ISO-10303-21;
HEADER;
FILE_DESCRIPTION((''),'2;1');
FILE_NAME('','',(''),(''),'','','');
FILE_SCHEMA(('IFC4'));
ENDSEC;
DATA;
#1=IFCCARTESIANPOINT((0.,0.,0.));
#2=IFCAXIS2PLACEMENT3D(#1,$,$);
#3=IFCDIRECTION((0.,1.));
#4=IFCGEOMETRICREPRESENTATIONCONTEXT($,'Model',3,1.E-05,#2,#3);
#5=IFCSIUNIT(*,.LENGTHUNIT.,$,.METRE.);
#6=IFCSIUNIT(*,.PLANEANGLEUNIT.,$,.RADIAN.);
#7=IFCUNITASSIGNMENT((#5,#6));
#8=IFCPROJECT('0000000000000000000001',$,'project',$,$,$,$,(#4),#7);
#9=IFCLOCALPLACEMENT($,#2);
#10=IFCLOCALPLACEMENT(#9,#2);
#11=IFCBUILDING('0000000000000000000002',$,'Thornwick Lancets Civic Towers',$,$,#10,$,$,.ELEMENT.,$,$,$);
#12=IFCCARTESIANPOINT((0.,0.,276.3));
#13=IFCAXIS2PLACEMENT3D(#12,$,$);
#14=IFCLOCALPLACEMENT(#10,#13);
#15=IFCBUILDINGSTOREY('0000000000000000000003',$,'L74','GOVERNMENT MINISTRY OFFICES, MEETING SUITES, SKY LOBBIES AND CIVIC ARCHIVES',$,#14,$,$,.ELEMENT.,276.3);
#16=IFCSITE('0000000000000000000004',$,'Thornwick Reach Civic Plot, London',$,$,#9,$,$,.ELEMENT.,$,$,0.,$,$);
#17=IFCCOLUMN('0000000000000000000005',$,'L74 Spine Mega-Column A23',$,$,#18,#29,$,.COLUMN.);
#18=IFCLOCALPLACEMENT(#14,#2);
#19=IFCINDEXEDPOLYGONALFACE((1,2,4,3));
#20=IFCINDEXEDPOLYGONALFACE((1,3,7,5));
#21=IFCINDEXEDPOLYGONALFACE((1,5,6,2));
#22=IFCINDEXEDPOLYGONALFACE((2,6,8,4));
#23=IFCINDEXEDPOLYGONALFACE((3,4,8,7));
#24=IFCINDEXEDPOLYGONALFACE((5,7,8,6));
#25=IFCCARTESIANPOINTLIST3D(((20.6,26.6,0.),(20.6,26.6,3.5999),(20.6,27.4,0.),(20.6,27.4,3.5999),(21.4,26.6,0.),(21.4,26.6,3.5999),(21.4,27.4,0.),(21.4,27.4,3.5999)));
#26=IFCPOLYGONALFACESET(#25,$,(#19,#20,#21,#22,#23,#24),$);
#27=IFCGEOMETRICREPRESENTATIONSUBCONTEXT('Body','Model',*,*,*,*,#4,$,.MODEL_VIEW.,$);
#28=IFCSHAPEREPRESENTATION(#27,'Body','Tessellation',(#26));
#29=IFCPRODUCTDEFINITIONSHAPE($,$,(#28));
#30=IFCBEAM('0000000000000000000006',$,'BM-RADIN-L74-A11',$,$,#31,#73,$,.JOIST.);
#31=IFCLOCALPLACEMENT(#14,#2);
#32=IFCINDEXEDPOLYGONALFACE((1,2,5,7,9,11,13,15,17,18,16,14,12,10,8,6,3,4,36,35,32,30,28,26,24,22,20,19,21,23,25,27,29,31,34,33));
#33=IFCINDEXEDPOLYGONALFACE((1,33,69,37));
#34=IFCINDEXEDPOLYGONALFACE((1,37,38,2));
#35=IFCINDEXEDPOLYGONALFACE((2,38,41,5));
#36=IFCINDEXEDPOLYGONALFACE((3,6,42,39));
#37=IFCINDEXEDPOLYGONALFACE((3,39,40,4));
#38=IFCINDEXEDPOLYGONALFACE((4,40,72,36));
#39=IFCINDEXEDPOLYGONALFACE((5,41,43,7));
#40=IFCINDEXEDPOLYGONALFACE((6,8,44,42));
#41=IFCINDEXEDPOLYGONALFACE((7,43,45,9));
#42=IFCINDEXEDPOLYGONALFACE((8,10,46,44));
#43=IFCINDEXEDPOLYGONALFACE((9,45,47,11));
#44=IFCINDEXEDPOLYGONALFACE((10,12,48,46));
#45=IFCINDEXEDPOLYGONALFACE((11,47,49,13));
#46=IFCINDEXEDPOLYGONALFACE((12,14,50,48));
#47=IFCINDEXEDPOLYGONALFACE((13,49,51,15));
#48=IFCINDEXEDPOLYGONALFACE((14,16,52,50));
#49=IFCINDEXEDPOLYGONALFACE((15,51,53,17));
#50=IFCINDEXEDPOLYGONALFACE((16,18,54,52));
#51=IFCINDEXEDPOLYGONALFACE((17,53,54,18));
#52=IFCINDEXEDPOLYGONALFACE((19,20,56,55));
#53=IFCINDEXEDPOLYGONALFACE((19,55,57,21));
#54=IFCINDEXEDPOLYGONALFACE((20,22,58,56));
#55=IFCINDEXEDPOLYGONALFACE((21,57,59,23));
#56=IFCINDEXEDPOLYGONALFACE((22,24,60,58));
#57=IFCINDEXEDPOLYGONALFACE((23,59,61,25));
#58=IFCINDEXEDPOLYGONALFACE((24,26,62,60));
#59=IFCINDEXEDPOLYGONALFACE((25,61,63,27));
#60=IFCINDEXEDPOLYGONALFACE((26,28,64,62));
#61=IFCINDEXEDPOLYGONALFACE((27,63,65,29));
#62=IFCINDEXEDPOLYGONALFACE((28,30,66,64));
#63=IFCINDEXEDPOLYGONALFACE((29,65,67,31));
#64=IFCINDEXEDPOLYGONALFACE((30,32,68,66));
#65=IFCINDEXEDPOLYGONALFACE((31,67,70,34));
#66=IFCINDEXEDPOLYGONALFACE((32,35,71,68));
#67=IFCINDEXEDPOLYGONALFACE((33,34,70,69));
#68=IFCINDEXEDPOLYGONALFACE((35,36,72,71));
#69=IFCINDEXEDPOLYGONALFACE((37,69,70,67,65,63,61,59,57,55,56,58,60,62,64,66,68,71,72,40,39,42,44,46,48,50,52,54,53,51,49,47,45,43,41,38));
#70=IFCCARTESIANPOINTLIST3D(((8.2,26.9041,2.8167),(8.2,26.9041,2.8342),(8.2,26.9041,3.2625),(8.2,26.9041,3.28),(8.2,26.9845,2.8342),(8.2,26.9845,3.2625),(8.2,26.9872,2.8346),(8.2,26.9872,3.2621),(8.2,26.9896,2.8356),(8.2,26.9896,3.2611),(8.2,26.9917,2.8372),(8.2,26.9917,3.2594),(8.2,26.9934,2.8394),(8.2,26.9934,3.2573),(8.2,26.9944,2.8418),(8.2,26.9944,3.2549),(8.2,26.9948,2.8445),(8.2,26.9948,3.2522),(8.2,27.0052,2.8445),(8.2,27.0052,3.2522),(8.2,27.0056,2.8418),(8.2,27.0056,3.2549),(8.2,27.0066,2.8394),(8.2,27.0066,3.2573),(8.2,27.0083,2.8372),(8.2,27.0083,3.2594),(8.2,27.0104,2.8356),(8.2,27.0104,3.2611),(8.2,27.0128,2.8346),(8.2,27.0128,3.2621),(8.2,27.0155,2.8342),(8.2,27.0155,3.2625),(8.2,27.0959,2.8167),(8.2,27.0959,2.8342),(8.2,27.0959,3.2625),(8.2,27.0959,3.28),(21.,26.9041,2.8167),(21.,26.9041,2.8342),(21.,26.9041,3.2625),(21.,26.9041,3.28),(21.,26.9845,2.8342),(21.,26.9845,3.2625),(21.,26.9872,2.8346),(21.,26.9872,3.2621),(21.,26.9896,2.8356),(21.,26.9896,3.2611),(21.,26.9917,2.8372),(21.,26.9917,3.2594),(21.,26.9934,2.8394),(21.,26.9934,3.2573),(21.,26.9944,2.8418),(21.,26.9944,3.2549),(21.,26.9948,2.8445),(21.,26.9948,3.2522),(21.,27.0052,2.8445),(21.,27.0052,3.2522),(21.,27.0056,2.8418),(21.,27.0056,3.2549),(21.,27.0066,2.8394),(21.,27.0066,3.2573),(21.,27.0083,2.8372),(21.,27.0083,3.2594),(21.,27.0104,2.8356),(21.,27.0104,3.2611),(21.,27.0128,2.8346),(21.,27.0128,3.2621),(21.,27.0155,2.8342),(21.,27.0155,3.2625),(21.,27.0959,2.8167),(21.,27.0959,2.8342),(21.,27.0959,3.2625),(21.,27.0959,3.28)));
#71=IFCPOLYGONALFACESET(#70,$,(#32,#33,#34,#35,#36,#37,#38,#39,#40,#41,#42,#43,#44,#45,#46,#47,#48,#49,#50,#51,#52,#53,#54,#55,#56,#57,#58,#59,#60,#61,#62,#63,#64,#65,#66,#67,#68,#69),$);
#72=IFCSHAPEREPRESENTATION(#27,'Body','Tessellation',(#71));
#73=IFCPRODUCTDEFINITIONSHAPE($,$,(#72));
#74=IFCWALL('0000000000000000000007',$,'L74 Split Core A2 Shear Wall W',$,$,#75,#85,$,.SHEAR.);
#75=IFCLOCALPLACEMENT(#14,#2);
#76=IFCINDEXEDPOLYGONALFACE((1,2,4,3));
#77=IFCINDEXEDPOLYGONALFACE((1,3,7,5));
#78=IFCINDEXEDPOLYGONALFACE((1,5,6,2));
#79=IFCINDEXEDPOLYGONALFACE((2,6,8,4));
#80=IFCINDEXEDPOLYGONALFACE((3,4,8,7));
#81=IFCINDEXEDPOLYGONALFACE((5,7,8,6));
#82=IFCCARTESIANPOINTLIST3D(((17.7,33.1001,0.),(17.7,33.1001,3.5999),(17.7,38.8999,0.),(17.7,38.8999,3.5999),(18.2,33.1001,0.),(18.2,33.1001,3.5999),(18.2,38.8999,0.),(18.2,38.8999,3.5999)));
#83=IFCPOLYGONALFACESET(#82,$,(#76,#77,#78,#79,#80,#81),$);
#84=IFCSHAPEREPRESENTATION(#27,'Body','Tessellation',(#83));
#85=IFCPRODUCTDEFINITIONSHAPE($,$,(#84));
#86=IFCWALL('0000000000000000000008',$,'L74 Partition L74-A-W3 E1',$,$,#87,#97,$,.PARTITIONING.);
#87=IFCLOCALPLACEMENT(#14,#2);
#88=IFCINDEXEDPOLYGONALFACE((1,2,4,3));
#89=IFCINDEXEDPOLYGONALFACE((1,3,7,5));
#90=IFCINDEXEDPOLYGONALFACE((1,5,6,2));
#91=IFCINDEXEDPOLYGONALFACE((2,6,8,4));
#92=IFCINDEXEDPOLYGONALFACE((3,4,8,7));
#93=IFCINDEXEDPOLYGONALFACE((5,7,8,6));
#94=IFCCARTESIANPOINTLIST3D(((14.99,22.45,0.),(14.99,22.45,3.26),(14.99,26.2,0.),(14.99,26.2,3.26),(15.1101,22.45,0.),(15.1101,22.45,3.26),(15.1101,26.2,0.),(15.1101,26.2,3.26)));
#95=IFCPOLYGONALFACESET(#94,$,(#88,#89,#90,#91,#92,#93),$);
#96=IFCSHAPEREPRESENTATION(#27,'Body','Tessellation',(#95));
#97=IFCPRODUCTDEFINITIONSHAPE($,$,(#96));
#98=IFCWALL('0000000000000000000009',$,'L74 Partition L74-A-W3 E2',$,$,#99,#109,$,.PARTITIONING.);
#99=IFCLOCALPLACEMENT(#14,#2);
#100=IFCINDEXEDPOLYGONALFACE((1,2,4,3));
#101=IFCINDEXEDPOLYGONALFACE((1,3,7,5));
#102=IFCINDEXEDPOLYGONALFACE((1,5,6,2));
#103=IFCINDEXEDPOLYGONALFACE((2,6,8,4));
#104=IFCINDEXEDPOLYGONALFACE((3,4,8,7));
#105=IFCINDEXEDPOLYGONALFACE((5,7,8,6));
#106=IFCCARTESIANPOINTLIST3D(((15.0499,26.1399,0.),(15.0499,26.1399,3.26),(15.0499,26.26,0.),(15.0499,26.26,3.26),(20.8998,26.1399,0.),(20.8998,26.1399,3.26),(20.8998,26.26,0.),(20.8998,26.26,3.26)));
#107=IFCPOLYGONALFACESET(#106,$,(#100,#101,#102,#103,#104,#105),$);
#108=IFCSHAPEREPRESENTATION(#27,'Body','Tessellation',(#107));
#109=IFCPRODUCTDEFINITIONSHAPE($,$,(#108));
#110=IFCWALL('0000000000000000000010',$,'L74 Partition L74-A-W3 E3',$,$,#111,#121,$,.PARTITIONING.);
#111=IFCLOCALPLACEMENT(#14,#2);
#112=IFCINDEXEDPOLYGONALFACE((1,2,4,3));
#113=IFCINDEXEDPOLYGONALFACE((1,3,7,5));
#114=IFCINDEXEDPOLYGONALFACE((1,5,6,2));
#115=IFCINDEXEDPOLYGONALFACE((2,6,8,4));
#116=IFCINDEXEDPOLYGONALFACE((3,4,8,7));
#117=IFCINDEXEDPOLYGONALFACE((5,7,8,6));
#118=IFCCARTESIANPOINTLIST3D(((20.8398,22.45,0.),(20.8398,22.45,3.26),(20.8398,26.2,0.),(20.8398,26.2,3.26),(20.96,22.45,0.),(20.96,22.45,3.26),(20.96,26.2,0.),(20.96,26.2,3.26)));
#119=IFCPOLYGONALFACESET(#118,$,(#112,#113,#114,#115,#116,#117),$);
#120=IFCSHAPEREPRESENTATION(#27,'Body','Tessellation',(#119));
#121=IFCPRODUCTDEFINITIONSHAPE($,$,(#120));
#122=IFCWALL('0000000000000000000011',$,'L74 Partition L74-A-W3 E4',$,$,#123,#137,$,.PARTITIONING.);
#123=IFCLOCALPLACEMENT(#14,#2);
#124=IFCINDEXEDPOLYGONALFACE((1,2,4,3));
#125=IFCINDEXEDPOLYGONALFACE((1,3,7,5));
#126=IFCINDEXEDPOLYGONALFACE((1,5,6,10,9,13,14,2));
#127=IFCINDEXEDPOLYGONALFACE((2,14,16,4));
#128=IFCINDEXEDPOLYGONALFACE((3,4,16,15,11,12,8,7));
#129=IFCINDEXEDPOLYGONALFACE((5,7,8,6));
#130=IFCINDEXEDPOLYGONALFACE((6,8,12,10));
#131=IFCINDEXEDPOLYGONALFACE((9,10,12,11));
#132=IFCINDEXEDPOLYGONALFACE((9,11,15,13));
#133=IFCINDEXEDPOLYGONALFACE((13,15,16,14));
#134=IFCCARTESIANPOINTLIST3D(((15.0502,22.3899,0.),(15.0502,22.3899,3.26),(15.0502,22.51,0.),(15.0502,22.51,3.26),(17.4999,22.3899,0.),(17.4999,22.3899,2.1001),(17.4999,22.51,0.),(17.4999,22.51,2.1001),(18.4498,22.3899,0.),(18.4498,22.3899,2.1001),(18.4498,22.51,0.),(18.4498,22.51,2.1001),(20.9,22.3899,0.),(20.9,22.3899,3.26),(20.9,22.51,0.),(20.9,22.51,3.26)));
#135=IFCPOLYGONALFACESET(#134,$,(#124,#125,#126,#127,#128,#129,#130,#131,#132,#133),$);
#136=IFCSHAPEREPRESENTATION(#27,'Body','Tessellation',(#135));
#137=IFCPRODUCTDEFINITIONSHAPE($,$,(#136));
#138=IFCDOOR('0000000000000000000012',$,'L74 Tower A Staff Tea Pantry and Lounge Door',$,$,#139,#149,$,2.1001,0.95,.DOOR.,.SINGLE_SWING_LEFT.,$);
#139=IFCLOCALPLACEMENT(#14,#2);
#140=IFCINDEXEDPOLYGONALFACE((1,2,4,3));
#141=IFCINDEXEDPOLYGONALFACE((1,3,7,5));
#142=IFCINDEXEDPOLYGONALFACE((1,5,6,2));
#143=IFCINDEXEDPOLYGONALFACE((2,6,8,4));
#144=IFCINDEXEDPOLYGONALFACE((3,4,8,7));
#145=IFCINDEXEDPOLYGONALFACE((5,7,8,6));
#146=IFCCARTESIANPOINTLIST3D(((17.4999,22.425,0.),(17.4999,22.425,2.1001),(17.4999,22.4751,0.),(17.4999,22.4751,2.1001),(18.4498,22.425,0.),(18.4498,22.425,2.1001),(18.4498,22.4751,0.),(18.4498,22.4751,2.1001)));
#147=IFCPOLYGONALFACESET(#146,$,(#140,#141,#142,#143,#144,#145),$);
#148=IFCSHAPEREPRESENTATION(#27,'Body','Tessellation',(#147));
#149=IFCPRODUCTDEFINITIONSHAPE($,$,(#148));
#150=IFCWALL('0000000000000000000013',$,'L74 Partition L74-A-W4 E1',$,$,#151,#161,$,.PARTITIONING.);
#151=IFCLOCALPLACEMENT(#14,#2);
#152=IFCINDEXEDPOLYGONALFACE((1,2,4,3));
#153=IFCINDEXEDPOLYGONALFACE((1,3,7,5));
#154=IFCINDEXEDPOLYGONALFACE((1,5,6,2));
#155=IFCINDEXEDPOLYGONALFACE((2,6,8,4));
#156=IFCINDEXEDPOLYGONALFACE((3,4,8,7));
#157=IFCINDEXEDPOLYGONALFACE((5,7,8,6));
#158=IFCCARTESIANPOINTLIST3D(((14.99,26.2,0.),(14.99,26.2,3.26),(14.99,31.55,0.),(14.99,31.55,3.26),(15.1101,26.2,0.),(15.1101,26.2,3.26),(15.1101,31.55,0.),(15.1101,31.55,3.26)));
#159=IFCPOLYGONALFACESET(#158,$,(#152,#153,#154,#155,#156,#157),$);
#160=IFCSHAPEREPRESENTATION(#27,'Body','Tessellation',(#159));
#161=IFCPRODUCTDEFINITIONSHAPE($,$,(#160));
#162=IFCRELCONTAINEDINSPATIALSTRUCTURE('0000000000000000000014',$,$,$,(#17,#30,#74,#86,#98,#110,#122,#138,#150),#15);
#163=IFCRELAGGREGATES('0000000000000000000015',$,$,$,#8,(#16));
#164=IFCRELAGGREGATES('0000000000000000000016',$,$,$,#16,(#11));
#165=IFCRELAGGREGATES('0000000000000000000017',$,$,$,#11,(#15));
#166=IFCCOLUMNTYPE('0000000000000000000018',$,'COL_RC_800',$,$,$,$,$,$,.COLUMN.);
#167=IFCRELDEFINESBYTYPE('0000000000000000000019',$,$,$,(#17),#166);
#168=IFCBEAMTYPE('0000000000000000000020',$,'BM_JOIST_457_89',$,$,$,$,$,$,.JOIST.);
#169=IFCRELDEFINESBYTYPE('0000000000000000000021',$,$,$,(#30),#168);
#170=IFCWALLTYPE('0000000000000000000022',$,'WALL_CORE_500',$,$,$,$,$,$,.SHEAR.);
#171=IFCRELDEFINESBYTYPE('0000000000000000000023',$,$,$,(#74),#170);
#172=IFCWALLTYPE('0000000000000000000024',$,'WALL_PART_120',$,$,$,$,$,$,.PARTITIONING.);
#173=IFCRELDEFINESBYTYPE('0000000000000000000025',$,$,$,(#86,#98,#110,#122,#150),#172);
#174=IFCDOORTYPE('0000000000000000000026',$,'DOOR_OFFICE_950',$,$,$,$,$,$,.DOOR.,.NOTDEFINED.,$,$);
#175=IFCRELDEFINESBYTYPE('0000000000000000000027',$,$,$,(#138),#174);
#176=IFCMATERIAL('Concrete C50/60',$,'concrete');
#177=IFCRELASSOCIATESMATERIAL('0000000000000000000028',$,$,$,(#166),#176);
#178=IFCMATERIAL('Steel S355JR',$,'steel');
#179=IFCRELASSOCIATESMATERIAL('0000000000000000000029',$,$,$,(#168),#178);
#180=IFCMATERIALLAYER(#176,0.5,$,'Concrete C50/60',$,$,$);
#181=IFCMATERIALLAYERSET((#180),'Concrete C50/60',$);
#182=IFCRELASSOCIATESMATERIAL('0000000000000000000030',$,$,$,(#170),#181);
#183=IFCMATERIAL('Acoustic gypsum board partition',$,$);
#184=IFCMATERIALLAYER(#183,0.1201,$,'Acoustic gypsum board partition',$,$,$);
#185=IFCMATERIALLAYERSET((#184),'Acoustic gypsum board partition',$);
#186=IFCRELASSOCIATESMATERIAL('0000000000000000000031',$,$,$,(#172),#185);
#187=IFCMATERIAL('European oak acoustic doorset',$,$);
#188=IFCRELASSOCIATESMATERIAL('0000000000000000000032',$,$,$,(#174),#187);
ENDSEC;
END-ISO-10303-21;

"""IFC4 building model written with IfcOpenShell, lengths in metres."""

from ifc_helpers import new_model, si_unit, direction, frame, frame_2d, origin, origin_2d, place, context, subcontext, project, spatial, rectangle, i_section, extrude, material, layer, layer_set, material_profile, profile_set, type_object, element, fill, save


model = new_model("IFC4")

# Units and contexts
model_context = context("Model", 3, precision=1e-05, world=origin(), true_north=direction((0.0, 1.0)))
body_context = subcontext(model_context, "Body", "Model", "MODEL_VIEW")
ifc_project = project(units=[si_unit("LENGTHUNIT", "METRE"), si_unit("PLANEANGLEUNIT", "RADIAN")], contexts=[model_context])

# Site, building, storey
site_placement = place(None, origin())
site = spatial("IfcSite", under=ifc_project, at=site_placement, Name="Thornwick Reach Civic Plot, London", CompositionType="ELEMENT", RefElevation=0.0)
building_placement = place(site_placement, origin())
building = spatial("IfcBuilding", under=site, at=building_placement, Name="Thornwick Lancets Civic Towers", CompositionType="ELEMENT")
storey_placement = place(building_placement, frame((0.0, 0.0, 276.3)))
storey = spatial("IfcBuildingStorey", under=building, at=storey_placement, Name="L74", Description="GOVERNMENT MINISTRY OFFICES, MEETING SUITES, SKY LOBBIES AND CIVIC ARCHIVES", CompositionType="ELEMENT", Elevation=276.3)

# Column
ifc_material_1 = material(Name="Concrete C50/60", Category="concrete")
ifc_material_profile_1 = material_profile(ifc_material_1, rectangle(XDim=0.8, YDim=0.8, at=origin_2d()), Name="RC 800x800")
ifc_profile_set_1 = profile_set([ifc_material_profile_1], Name="Concrete C50/60")
column_type = type_object("IfcColumnType", Name="COL_RC_800", PredefinedType="COLUMN", material=ifc_profile_set_1)
column_placement = place(storey_placement, frame((21.0, 27.0, 0.0), z_axis=(0.0, 0.0, 1.0), x_axis=(1.0, 0.0, 0.0)))
element("IfcColumn", 1, at=column_placement, inside=storey, type_object=column_type, Name="L74 Spine Mega-Column A23", PredefinedType="COLUMN", context=body_context, shape_type="SweptSolid", body=[
    extrude(rectangle(XDim=0.8, YDim=0.8, at=origin_2d()), origin(), (0.0, 0.0, 1.0), 3.5999),
])

# Beam
ifc_material_2 = material(Name="Steel S355JR", Category="steel")
ifc_material_profile_2 = material_profile(ifc_material_2, i_section(OverallWidth=0.1919, OverallDepth=0.4634, WebThickness=0.0105, FlangeThickness=0.0176, FilletRadius=0.0103, at=origin_2d()), Name="UKB 457x191x89")
ifc_profile_set_2 = profile_set([ifc_material_profile_2], Name="Steel S355JR")
beam_type = type_object("IfcBeamType", Name="BM_JOIST_457_89", PredefinedType="JOIST", material=ifc_profile_set_2)
beam_placement = place(storey_placement, frame((21.0, 27.0, 3.0483), z_axis=(-1.0, 0.0, 0.0), x_axis=(0.0, -1.0, 0.0)))
element("IfcBeam", 2, at=beam_placement, inside=storey, type_object=beam_type, Name="BM-RADIN-L74-A11", PredefinedType="JOIST", context=body_context, shape_type="SweptSolid", body=[
    extrude(i_section(OverallWidth=0.1919, OverallDepth=0.4634, WebThickness=0.0105, FlangeThickness=0.0176, FilletRadius=0.0103, at=origin_2d()), origin(), (0.0, 0.0, 1.0), 12.8),
])

# Walls
ifc_layer_1 = layer(ifc_material_1, 0.5, Name="Concrete C50/60")
ifc_layer_set_1 = layer_set([ifc_layer_1], Name="Concrete C50/60")
wall_type_1 = type_object("IfcWallType", Name="WALL_CORE_500", PredefinedType="SHEAR", material=ifc_layer_set_1)
wall_1_placement = place(storey_placement, frame((17.95, 33.1001, 0.0), z_axis=(0.0, 0.0, 1.0), x_axis=(0.0, 1.0, 0.0)))
element("IfcWall", 3, at=wall_1_placement, inside=storey, type_object=wall_type_1, Name="L74 Split Core A2 Shear Wall W", PredefinedType="SHEAR", context=body_context, shape_type="SweptSolid", body=[
    extrude(rectangle(XDim=5.7998, YDim=0.5, at=frame_2d((2.8999, 0.0))), origin(), (0.0, 0.0, 1.0), 3.5999),
])
ifc_material_3 = material(Name="Acoustic gypsum board partition")
ifc_layer_2 = layer(ifc_material_3, 0.1201, Name="Acoustic gypsum board partition")
ifc_layer_set_2 = layer_set([ifc_layer_2], Name="Acoustic gypsum board partition")
wall_type_2 = type_object("IfcWallType", Name="WALL_PART_120", PredefinedType="PARTITIONING", material=ifc_layer_set_2)
wall_2_placement = place(storey_placement, frame((15.05, 22.45, 0.0), z_axis=(0.0, 0.0, 1.0), x_axis=(0.0, 1.0, 0.0)))
element("IfcWall", 4, at=wall_2_placement, inside=storey, type_object=wall_type_2, Name="L74 Partition L74-A-W3 E1", PredefinedType="PARTITIONING", context=body_context, shape_type="SweptSolid", body=[
    extrude(rectangle(XDim=3.75, YDim=0.1201, at=frame_2d((1.875, 0.0))), origin(), (0.0, 0.0, 1.0), 3.26),
])
wall_3_placement = place(storey_placement, frame((15.05, 26.2, 0.0), z_axis=(0.0, 0.0, 1.0), x_axis=(1.0, 0.0, 0.0)))
element("IfcWall", 5, at=wall_3_placement, inside=storey, type_object=wall_type_2, Name="L74 Partition L74-A-W3 E2", PredefinedType="PARTITIONING", context=body_context, shape_type="SweptSolid", body=[
    extrude(rectangle(XDim=5.8499, YDim=0.1201, at=frame_2d((2.9248, 0.0))), origin(), (0.0, 0.0, 1.0), 3.26),
])
wall_4_placement = place(storey_placement, frame((20.8999, 26.2, 0.0), z_axis=(0.0, 0.0, 1.0), x_axis=(0.0, -1.0, 0.0)))
element("IfcWall", 6, at=wall_4_placement, inside=storey, type_object=wall_type_2, Name="L74 Partition L74-A-W3 E3", PredefinedType="PARTITIONING", context=body_context, shape_type="SweptSolid", body=[
    extrude(rectangle(XDim=3.75, YDim=0.1201, at=frame_2d((1.875, 0.0))), origin(), (0.0, 0.0, 1.0), 3.26),
])

# Wall, opening, door
wall_5_placement = place(storey_placement, frame((20.8999, 22.45, 0.0), z_axis=(0.0, 0.0, 1.0), x_axis=(-1.0, 0.0, 0.0)))
wall_5 = element("IfcWall", 7, at=wall_5_placement, inside=storey, type_object=wall_type_2, Name="L74 Partition L74-A-W3 E4", PredefinedType="PARTITIONING", context=body_context, shape_type="SweptSolid", body=[
    extrude(rectangle(XDim=5.8499, YDim=0.1201, at=frame_2d((2.9248, 0.0))), origin(), (0.0, 0.0, 1.0), 3.26),
])
opening_1_placement = place(wall_5_placement, frame((2.45, 0.0, 0.0)))
opening_1 = element("IfcOpeningElement", 8, at=opening_1_placement, cuts=wall_5, PredefinedType="OPENING", context=body_context, shape_type="SweptSolid", body=[
    extrude(rectangle(XDim=0.95, YDim=2.1001, at=frame_2d((0.4751, 1.05))), frame((0.0, 0.0701, 0.0), z_axis=(0.0, -1.0, 0.0), x_axis=(1.0, 0.0, 0.0)), (0.0, 0.0, 1.0), 0.1401),
])
ifc_material_4 = material(Name="European oak acoustic doorset")
door_type_1 = type_object("IfcDoorType", Name="DOOR_OFFICE_950", OperationType="NOTDEFINED", PredefinedType="DOOR", material=ifc_material_4)
door_1_placement = place(opening_1_placement, origin())
door_1 = element("IfcDoor", 9, at=door_1_placement, inside=storey, type_object=door_type_1, Name="L74 Tower A Staff Tea Pantry and Lounge Door", OperationType="SINGLE_SWING_LEFT", OverallHeight=2.1001, OverallWidth=0.95, PredefinedType="DOOR", context=body_context, shape_type="SweptSolid", body=[
    extrude(rectangle(XDim=0.95, YDim=2.1001, at=frame_2d((0.4751, 1.05))), frame((0.0, 0.0249, 0.0), z_axis=(0.0, -1.0, 0.0), x_axis=(1.0, 0.0, 0.0)), (0.0, 0.0, 1.0), 0.05),
])
fill(opening_1, door_1)

# Wall
wall_6_placement = place(storey_placement, frame((15.05, 26.2, 0.0), z_axis=(0.0, 0.0, 1.0), x_axis=(0.0, 1.0, 0.0)))
element("IfcWall", 10, at=wall_6_placement, inside=storey, type_object=wall_type_2, Name="L74 Partition L74-A-W4 E1", PredefinedType="PARTITIONING", context=body_context, shape_type="SweptSolid", body=[
    extrude(rectangle(XDim=5.3501, YDim=0.1201, at=frame_2d((2.675, 0.0))), origin(), (0.0, 0.0, 1.0), 3.26),
])

save(model, "model.ifc")
